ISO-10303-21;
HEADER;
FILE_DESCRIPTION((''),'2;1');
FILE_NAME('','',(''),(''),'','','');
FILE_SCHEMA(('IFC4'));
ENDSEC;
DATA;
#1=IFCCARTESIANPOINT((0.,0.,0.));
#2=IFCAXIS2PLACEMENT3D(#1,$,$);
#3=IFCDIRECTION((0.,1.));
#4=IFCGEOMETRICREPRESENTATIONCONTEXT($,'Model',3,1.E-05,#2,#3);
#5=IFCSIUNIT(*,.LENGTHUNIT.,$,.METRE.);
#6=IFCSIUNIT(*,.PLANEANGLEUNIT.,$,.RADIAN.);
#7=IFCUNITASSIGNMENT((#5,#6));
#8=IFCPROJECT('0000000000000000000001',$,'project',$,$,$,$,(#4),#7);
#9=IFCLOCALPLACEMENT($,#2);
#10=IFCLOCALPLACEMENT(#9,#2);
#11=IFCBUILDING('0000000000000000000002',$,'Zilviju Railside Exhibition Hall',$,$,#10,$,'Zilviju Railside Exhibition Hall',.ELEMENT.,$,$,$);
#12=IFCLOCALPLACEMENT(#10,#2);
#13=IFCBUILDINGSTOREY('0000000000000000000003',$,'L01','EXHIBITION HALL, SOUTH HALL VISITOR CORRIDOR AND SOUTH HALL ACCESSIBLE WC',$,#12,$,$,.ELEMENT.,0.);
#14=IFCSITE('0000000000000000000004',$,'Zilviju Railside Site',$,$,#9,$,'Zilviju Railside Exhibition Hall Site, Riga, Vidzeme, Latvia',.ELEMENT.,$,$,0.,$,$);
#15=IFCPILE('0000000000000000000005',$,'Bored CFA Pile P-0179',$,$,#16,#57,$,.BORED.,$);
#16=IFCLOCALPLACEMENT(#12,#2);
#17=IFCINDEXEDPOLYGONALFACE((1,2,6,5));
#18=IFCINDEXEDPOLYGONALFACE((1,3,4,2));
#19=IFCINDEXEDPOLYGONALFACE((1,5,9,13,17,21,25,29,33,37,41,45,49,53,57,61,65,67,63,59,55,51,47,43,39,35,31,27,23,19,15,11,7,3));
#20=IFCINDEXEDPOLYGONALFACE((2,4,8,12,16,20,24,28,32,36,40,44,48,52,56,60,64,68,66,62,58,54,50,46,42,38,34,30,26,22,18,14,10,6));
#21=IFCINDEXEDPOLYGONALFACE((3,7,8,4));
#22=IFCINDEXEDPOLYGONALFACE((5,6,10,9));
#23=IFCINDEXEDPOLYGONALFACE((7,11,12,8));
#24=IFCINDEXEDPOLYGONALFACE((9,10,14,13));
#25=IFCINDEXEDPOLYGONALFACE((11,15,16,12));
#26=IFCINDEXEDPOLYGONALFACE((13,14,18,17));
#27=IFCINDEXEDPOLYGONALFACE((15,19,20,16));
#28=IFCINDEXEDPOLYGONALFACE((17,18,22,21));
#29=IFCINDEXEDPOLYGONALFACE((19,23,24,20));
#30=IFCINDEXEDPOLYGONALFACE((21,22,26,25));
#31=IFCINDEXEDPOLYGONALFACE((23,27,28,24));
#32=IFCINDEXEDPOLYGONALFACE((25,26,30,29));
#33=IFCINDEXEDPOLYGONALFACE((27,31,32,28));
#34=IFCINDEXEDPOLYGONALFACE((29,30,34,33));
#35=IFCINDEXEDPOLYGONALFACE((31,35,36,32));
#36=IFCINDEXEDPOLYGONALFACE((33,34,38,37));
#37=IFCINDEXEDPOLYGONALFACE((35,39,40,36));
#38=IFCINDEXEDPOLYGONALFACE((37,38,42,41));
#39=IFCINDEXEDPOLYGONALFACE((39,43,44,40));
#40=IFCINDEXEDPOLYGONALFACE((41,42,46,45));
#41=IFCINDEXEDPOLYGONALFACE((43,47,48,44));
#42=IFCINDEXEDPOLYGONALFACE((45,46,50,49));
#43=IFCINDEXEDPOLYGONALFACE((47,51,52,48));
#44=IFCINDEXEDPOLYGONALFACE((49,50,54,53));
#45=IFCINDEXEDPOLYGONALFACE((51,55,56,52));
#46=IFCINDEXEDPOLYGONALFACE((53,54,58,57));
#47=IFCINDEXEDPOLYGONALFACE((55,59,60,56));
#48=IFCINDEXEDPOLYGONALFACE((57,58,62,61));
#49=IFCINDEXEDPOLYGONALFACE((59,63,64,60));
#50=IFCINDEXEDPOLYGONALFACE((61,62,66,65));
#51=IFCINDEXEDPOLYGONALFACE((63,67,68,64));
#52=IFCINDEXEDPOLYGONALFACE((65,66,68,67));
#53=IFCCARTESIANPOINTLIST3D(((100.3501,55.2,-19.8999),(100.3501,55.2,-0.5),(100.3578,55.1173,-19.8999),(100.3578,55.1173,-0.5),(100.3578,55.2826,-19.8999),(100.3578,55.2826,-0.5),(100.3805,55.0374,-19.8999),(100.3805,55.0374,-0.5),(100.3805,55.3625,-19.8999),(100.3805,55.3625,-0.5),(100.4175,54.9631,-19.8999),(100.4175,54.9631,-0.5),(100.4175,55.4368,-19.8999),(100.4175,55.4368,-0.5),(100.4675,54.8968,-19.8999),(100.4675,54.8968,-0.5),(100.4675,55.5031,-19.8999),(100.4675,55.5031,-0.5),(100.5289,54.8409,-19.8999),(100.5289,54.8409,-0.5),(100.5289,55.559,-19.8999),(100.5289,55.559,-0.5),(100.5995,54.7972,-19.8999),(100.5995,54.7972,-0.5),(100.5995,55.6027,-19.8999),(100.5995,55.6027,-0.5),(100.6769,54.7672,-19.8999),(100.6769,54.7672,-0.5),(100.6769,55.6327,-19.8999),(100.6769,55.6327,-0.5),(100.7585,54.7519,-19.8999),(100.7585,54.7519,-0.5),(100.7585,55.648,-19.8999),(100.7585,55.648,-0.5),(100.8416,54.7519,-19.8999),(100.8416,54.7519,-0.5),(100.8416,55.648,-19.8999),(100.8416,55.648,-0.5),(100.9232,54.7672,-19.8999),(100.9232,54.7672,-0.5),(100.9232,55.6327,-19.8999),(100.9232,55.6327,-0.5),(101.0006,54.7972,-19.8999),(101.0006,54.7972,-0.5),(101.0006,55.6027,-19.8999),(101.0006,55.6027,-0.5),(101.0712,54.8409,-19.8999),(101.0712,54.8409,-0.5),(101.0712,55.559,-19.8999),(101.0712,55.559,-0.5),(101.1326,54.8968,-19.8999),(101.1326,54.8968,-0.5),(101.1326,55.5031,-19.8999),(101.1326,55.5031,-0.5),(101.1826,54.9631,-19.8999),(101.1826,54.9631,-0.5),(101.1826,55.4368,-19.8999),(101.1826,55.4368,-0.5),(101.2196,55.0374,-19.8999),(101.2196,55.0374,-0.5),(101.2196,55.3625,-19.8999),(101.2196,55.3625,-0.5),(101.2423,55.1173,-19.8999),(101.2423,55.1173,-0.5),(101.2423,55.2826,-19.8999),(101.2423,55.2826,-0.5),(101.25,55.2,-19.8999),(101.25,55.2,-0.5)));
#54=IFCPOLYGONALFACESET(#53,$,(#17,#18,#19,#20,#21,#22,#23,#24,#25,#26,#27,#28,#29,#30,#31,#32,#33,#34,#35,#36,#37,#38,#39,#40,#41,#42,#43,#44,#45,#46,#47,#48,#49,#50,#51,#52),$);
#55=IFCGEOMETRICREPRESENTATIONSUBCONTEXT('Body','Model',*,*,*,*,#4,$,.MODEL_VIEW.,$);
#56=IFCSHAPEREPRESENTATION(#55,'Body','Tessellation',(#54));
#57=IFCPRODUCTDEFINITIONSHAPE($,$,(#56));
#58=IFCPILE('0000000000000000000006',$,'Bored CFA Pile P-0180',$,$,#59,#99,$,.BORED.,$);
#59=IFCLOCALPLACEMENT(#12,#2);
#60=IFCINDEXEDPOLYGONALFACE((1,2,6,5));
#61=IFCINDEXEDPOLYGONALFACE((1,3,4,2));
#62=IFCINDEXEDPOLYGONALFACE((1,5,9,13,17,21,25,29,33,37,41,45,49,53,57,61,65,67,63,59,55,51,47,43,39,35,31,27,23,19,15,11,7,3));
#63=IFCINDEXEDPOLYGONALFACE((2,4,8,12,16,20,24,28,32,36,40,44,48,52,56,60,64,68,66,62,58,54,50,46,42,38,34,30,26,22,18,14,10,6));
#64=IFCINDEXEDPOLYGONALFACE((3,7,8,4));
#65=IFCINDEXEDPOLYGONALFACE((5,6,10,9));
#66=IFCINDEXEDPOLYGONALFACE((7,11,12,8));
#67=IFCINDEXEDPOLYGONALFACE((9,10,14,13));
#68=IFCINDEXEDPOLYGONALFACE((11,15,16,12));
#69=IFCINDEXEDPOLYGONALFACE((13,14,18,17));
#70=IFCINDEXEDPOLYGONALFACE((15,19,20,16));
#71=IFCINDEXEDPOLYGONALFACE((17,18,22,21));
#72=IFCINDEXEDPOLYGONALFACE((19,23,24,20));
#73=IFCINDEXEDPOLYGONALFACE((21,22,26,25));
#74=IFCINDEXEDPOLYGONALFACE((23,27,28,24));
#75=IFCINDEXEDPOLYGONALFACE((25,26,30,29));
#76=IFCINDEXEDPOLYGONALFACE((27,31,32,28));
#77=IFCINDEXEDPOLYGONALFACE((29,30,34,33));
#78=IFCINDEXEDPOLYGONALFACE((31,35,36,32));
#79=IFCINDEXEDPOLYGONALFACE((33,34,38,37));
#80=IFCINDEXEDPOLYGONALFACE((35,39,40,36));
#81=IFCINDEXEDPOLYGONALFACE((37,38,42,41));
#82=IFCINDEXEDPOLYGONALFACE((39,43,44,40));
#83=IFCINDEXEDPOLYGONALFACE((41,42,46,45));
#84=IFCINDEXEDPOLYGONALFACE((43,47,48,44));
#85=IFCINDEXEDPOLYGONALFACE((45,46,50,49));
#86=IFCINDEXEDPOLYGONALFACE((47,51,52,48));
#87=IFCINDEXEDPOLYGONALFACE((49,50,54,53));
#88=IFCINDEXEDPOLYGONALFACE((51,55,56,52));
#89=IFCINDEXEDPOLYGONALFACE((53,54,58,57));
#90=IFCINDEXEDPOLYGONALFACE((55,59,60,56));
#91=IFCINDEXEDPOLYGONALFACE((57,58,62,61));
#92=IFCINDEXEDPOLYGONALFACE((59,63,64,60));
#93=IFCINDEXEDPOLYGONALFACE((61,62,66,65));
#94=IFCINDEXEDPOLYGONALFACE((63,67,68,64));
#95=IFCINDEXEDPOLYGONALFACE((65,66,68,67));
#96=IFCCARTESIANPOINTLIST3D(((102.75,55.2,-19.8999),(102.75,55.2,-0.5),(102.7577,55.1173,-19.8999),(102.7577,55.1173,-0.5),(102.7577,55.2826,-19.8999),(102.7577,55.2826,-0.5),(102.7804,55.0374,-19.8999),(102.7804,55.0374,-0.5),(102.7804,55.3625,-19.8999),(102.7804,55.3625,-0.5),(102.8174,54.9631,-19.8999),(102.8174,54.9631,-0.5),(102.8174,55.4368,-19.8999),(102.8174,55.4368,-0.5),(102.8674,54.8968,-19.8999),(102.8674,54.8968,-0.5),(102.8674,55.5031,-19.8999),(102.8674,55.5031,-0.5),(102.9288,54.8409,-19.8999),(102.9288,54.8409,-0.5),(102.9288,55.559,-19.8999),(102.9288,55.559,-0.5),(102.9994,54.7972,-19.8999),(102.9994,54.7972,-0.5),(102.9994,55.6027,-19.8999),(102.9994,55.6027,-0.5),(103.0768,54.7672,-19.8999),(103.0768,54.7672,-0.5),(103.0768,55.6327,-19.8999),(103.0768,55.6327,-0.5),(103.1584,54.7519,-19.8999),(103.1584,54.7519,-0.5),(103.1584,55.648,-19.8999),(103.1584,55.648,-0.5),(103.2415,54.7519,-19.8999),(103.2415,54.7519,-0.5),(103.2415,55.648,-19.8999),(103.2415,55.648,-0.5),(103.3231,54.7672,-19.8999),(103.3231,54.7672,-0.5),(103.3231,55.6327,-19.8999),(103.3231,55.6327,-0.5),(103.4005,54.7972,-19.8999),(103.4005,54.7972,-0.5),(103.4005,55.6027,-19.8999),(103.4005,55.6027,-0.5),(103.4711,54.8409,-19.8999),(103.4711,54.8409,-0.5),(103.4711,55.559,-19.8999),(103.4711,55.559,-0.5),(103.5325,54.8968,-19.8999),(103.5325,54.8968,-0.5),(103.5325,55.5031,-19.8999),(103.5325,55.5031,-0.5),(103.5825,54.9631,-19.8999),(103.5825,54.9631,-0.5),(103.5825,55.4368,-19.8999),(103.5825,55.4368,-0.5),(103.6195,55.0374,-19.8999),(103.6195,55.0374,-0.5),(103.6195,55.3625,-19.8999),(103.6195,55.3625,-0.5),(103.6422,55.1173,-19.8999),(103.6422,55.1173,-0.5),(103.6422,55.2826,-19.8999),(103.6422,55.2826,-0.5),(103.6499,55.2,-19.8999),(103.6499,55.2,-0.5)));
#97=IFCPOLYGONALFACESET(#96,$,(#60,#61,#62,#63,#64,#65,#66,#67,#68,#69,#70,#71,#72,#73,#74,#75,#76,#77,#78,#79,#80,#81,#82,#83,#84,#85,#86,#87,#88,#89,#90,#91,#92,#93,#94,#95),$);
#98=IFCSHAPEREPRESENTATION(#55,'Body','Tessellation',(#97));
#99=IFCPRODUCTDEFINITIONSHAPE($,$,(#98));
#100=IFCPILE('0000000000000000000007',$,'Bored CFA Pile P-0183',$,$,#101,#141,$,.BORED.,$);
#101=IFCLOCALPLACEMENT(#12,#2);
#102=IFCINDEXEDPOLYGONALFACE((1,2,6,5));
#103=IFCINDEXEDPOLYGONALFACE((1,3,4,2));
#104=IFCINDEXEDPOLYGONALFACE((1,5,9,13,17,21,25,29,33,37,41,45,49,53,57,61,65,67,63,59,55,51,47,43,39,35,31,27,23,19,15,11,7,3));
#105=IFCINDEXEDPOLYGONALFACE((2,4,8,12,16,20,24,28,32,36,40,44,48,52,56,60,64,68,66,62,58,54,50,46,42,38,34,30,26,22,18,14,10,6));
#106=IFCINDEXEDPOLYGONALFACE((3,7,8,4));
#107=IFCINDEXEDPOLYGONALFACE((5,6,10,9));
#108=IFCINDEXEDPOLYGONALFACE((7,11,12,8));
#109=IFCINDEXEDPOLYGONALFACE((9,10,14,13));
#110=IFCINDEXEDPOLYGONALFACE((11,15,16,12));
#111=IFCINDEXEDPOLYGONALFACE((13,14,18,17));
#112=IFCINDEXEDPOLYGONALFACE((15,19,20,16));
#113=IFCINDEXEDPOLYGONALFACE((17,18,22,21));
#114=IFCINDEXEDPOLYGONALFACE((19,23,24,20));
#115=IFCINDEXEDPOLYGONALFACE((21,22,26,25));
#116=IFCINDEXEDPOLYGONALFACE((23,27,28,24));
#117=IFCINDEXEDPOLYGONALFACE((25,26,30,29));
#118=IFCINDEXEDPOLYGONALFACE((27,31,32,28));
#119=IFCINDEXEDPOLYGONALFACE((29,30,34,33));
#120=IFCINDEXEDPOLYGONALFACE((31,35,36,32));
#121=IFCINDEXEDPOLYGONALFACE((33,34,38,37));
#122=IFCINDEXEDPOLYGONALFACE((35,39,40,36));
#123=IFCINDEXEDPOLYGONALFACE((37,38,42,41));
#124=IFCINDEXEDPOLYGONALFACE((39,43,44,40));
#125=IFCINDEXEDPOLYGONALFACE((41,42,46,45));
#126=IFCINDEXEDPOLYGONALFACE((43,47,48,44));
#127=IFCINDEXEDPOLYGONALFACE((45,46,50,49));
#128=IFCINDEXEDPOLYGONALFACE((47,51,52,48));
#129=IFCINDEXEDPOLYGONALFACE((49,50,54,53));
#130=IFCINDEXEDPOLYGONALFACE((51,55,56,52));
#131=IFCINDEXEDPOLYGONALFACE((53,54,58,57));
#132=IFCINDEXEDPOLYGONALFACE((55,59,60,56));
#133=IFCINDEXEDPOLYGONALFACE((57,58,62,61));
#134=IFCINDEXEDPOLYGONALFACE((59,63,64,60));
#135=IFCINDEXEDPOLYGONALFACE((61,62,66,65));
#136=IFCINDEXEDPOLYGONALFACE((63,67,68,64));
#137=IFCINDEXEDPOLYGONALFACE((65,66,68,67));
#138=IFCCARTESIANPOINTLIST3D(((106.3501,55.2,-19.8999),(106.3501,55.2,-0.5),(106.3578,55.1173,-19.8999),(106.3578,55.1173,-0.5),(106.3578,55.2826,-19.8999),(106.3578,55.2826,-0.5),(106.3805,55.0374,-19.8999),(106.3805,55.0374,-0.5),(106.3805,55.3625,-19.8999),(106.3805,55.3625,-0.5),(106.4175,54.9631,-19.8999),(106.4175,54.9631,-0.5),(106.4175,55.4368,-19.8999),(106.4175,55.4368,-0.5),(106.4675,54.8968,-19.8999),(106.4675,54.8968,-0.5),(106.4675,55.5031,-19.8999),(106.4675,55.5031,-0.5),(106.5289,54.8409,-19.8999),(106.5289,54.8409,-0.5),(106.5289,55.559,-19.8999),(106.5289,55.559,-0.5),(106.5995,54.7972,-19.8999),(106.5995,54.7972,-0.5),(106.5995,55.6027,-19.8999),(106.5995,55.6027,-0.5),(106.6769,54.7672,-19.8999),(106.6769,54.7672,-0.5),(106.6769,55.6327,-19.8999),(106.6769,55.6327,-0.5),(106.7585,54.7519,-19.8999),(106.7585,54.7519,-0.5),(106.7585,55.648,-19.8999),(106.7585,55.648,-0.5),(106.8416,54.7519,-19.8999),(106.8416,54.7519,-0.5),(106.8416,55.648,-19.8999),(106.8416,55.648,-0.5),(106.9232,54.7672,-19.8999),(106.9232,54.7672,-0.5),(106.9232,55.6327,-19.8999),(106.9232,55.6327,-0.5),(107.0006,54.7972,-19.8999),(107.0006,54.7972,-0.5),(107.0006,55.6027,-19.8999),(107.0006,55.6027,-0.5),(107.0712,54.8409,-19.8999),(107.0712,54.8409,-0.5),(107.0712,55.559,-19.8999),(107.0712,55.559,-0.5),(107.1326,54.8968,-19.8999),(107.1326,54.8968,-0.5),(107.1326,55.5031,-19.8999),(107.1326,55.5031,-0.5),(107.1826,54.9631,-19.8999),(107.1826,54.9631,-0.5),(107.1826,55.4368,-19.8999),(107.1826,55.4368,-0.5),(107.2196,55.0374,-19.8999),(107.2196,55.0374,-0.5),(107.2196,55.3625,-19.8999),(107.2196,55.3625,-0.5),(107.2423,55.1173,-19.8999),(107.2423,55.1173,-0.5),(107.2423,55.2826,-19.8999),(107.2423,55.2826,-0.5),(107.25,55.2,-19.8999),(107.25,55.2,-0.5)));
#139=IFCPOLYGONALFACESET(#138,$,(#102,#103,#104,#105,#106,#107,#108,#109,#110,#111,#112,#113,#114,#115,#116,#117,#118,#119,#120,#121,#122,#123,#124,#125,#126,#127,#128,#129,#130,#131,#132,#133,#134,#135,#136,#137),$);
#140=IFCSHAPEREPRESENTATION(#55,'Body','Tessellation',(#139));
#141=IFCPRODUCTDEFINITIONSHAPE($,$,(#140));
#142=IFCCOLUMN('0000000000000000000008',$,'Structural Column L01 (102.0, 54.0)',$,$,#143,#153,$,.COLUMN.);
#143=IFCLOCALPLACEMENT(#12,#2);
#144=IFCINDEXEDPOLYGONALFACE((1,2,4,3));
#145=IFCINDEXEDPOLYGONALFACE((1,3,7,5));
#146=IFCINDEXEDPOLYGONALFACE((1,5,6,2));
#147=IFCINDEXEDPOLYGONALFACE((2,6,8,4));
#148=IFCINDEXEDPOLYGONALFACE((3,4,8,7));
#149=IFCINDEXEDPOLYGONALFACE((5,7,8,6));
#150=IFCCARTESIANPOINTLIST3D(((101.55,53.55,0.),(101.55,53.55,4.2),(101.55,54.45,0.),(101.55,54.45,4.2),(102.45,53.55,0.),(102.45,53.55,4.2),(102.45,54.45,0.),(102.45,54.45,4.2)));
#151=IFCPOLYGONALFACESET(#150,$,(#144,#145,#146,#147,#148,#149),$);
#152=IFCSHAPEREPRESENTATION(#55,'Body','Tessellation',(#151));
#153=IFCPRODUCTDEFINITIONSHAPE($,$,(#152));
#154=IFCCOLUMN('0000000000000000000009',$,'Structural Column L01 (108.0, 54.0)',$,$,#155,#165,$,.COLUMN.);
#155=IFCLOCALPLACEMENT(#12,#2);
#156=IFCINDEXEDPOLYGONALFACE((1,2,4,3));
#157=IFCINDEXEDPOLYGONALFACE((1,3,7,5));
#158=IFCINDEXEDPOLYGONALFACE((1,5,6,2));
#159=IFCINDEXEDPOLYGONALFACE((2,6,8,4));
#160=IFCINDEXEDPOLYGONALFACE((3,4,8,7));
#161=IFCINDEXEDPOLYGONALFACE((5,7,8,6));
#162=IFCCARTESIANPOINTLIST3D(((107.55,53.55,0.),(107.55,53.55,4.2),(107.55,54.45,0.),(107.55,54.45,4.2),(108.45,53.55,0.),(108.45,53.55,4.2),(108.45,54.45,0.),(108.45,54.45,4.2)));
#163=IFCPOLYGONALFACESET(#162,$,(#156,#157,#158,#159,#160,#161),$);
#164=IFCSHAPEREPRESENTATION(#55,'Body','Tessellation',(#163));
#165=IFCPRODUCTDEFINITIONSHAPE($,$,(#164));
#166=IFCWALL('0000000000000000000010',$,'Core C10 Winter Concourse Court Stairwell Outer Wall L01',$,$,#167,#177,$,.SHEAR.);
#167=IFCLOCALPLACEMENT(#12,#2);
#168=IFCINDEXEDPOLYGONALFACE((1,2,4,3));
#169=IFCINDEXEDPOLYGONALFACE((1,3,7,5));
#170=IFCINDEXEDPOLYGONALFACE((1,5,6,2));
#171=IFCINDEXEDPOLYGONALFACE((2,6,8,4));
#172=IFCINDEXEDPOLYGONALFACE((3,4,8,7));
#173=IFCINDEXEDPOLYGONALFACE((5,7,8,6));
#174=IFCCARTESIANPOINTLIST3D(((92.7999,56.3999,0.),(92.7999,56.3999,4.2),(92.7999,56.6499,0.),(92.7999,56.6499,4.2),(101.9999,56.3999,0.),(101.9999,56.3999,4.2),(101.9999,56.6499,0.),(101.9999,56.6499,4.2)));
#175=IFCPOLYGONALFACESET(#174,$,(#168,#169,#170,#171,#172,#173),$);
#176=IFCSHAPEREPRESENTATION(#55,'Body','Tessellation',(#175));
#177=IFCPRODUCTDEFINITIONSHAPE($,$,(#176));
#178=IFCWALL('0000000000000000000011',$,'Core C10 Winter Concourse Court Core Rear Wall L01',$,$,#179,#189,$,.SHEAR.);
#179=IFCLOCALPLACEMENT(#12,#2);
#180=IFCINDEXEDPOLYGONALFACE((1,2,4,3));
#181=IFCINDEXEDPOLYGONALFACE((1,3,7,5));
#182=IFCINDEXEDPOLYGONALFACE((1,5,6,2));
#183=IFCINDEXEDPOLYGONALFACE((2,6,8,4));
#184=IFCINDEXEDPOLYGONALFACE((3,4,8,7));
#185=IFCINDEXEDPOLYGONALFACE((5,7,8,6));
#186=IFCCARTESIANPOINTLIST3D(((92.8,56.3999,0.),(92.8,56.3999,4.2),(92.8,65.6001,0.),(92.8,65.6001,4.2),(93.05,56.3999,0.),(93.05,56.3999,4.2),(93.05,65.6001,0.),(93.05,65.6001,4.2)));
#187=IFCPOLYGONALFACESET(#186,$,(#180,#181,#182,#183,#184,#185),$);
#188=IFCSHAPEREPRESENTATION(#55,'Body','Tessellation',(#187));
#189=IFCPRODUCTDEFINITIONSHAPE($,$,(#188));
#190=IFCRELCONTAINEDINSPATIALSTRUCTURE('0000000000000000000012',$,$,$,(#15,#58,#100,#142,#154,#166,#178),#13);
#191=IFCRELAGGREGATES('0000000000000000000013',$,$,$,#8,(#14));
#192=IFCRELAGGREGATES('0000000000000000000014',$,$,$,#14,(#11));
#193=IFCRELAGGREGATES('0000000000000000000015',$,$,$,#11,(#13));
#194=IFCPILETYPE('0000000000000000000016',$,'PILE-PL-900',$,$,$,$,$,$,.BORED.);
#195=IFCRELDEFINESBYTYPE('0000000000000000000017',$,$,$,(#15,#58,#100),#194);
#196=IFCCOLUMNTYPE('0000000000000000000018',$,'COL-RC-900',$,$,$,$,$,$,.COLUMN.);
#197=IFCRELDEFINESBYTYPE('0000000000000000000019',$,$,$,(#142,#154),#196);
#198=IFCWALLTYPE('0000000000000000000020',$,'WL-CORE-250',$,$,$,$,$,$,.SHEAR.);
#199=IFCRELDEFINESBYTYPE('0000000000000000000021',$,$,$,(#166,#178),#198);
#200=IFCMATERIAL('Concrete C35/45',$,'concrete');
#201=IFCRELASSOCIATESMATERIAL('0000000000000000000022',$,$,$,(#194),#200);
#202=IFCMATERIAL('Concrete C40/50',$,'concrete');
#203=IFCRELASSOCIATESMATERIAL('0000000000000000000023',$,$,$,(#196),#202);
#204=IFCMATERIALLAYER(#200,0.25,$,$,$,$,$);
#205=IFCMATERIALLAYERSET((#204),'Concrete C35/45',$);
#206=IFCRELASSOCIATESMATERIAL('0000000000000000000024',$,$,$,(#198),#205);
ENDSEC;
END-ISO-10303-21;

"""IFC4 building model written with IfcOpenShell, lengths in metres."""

from ifc_helpers import new_model, si_unit, direction, frame, frame_2d, origin, origin_2d, place, context, subcontext, project, spatial, rectangle, circle, extrude, material, layer, layer_set, material_profile, profile_set, type_object, element, save


model = new_model("IFC4")

# Units and contexts
model_context = context("Model", 3, precision=1e-05, world=origin(), true_north=direction((0.0, 1.0)))
body_context = subcontext(model_context, "Body", "Model", "MODEL_VIEW")
ifc_project = project(units=[si_unit("LENGTHUNIT", "METRE"), si_unit("PLANEANGLEUNIT", "RADIAN")], contexts=[model_context])

# Site, building, storey
site_placement = place(None, origin())
site = spatial("IfcSite", under=ifc_project, at=site_placement, Name="Zilviju Railside Site", LongName="Zilviju Railside Exhibition Hall Site, Riga, Vidzeme, Latvia", CompositionType="ELEMENT", RefElevation=0.0)
building_placement = place(site_placement, origin())
building = spatial("IfcBuilding", under=site, at=building_placement, Name="Zilviju Railside Exhibition Hall", LongName="Zilviju Railside Exhibition Hall", CompositionType="ELEMENT")
storey_placement = place(building_placement, origin())
storey = spatial("IfcBuildingStorey", under=building, at=storey_placement, Name="L01", Description="EXHIBITION HALL, SOUTH HALL VISITOR CORRIDOR AND SOUTH HALL ACCESSIBLE WC", CompositionType="ELEMENT", Elevation=0.0)

# Shared definitions
ifc_material_1 = material(Name="Concrete C35/45", Category="concrete")

# Piles
ifc_material_profile_1 = material_profile(ifc_material_1, circle(Radius=0.45, at=origin_2d()), Name="CFA PILE D900")
ifc_profile_set_1 = profile_set([ifc_material_profile_1], Name="Concrete C35/45")
pile_type = type_object("IfcPileType", Name="PILE-PL-900", PredefinedType="BORED", material=ifc_profile_set_1)
for number, where, z_axis, x_axis, name in (
    (1, (100.8, 55.2, -0.5), (0.0, 0.0, -1.0), (1.0, 0.0, 0.0), "Bored CFA Pile P-0179"),
    (2, (103.2, 55.2, -0.5), (0.0, 0.0, -1.0), (1.0, 0.0, 0.0), "Bored CFA Pile P-0180"),
    (3, (106.8, 55.2, -0.5), (0.0, 0.0, -1.0), (1.0, 0.0, 0.0), "Bored CFA Pile P-0183"),
):
    element("IfcPile", number, at=place(storey_placement, frame(where, z_axis=z_axis, x_axis=x_axis)), inside=storey, type_object=pile_type, Name=name, PredefinedType="BORED", context=body_context, shape_type="SweptSolid", body=[
        extrude(circle(Radius=0.45, at=origin_2d()), origin(), (0.0, 0.0, 1.0), 19.3999),
    ])

# Columns
ifc_material_2 = material(Name="Concrete C40/50", Category="concrete")
ifc_material_profile_2 = material_profile(ifc_material_2, rectangle(XDim=0.8999, YDim=0.8999, at=origin_2d()), Name="RC COL 900x900")
ifc_profile_set_2 = profile_set([ifc_material_profile_2], Name="Concrete C40/50")
column_type = type_object("IfcColumnType", Name="COL-RC-900", PredefinedType="COLUMN", material=ifc_profile_set_2)
for number, where, z_axis, x_axis, name in (
    (4, (102.0, 54.0, 0.0), (0.0, 0.0, 1.0), (1.0, 0.0, 0.0), "Structural Column L01 (102.0, 54.0)"),
    (5, (108.0, 54.0, 0.0), (0.0, 0.0, 1.0), (1.0, 0.0, 0.0), "Structural Column L01 (108.0, 54.0)"),
):
    element("IfcColumn", number, at=place(storey_placement, frame(where, z_axis=z_axis, x_axis=x_axis)), inside=storey, type_object=column_type, Name=name, PredefinedType="COLUMN", context=body_context, shape_type="SweptSolid", body=[
        extrude(rectangle(XDim=0.8999, YDim=0.8999, at=origin_2d()), origin(), (0.0, 0.0, 1.0), 4.2),
    ])

# Walls
ifc_layer_1 = layer(ifc_material_1, 0.25)
ifc_layer_set_1 = layer_set([ifc_layer_1], Name="Concrete C35/45")
wall_type_1 = type_object("IfcWallType", Name="WL-CORE-250", PredefinedType="SHEAR", material=ifc_layer_set_1)
wall_1_placement = place(storey_placement, frame((102.0, 56.5249, 0.0), z_axis=(0.0, 0.0, 1.0), x_axis=(-1.0, 0.0, 0.0)))
element("IfcWall", 6, at=wall_1_placement, inside=storey, type_object=wall_type_1, Name="Core C10 Winter Concourse Court Stairwell Outer Wall L01", PredefinedType="SHEAR", context=body_context, shape_type="SweptSolid", body=[
    extrude(rectangle(XDim=9.2, YDim=0.25, at=frame_2d((4.6001, 0.0))), origin(), (0.0, 0.0, 1.0), 4.2),
])
wall_2_placement = place(storey_placement, frame((92.925, 56.3999, 0.0), z_axis=(0.0, 0.0, 1.0), x_axis=(0.0, 1.0, 0.0)))
element("IfcWall", 7, at=wall_2_placement, inside=storey, type_object=wall_type_1, Name="Core C10 Winter Concourse Court Core Rear Wall L01", PredefinedType="SHEAR", context=body_context, shape_type="SweptSolid", body=[
    extrude(rectangle(XDim=9.2002, YDim=0.25, at=frame_2d((4.6001, 0.0))), origin(), (0.0, 0.0, 1.0), 4.2),
])

save(model, "model.ifc")
